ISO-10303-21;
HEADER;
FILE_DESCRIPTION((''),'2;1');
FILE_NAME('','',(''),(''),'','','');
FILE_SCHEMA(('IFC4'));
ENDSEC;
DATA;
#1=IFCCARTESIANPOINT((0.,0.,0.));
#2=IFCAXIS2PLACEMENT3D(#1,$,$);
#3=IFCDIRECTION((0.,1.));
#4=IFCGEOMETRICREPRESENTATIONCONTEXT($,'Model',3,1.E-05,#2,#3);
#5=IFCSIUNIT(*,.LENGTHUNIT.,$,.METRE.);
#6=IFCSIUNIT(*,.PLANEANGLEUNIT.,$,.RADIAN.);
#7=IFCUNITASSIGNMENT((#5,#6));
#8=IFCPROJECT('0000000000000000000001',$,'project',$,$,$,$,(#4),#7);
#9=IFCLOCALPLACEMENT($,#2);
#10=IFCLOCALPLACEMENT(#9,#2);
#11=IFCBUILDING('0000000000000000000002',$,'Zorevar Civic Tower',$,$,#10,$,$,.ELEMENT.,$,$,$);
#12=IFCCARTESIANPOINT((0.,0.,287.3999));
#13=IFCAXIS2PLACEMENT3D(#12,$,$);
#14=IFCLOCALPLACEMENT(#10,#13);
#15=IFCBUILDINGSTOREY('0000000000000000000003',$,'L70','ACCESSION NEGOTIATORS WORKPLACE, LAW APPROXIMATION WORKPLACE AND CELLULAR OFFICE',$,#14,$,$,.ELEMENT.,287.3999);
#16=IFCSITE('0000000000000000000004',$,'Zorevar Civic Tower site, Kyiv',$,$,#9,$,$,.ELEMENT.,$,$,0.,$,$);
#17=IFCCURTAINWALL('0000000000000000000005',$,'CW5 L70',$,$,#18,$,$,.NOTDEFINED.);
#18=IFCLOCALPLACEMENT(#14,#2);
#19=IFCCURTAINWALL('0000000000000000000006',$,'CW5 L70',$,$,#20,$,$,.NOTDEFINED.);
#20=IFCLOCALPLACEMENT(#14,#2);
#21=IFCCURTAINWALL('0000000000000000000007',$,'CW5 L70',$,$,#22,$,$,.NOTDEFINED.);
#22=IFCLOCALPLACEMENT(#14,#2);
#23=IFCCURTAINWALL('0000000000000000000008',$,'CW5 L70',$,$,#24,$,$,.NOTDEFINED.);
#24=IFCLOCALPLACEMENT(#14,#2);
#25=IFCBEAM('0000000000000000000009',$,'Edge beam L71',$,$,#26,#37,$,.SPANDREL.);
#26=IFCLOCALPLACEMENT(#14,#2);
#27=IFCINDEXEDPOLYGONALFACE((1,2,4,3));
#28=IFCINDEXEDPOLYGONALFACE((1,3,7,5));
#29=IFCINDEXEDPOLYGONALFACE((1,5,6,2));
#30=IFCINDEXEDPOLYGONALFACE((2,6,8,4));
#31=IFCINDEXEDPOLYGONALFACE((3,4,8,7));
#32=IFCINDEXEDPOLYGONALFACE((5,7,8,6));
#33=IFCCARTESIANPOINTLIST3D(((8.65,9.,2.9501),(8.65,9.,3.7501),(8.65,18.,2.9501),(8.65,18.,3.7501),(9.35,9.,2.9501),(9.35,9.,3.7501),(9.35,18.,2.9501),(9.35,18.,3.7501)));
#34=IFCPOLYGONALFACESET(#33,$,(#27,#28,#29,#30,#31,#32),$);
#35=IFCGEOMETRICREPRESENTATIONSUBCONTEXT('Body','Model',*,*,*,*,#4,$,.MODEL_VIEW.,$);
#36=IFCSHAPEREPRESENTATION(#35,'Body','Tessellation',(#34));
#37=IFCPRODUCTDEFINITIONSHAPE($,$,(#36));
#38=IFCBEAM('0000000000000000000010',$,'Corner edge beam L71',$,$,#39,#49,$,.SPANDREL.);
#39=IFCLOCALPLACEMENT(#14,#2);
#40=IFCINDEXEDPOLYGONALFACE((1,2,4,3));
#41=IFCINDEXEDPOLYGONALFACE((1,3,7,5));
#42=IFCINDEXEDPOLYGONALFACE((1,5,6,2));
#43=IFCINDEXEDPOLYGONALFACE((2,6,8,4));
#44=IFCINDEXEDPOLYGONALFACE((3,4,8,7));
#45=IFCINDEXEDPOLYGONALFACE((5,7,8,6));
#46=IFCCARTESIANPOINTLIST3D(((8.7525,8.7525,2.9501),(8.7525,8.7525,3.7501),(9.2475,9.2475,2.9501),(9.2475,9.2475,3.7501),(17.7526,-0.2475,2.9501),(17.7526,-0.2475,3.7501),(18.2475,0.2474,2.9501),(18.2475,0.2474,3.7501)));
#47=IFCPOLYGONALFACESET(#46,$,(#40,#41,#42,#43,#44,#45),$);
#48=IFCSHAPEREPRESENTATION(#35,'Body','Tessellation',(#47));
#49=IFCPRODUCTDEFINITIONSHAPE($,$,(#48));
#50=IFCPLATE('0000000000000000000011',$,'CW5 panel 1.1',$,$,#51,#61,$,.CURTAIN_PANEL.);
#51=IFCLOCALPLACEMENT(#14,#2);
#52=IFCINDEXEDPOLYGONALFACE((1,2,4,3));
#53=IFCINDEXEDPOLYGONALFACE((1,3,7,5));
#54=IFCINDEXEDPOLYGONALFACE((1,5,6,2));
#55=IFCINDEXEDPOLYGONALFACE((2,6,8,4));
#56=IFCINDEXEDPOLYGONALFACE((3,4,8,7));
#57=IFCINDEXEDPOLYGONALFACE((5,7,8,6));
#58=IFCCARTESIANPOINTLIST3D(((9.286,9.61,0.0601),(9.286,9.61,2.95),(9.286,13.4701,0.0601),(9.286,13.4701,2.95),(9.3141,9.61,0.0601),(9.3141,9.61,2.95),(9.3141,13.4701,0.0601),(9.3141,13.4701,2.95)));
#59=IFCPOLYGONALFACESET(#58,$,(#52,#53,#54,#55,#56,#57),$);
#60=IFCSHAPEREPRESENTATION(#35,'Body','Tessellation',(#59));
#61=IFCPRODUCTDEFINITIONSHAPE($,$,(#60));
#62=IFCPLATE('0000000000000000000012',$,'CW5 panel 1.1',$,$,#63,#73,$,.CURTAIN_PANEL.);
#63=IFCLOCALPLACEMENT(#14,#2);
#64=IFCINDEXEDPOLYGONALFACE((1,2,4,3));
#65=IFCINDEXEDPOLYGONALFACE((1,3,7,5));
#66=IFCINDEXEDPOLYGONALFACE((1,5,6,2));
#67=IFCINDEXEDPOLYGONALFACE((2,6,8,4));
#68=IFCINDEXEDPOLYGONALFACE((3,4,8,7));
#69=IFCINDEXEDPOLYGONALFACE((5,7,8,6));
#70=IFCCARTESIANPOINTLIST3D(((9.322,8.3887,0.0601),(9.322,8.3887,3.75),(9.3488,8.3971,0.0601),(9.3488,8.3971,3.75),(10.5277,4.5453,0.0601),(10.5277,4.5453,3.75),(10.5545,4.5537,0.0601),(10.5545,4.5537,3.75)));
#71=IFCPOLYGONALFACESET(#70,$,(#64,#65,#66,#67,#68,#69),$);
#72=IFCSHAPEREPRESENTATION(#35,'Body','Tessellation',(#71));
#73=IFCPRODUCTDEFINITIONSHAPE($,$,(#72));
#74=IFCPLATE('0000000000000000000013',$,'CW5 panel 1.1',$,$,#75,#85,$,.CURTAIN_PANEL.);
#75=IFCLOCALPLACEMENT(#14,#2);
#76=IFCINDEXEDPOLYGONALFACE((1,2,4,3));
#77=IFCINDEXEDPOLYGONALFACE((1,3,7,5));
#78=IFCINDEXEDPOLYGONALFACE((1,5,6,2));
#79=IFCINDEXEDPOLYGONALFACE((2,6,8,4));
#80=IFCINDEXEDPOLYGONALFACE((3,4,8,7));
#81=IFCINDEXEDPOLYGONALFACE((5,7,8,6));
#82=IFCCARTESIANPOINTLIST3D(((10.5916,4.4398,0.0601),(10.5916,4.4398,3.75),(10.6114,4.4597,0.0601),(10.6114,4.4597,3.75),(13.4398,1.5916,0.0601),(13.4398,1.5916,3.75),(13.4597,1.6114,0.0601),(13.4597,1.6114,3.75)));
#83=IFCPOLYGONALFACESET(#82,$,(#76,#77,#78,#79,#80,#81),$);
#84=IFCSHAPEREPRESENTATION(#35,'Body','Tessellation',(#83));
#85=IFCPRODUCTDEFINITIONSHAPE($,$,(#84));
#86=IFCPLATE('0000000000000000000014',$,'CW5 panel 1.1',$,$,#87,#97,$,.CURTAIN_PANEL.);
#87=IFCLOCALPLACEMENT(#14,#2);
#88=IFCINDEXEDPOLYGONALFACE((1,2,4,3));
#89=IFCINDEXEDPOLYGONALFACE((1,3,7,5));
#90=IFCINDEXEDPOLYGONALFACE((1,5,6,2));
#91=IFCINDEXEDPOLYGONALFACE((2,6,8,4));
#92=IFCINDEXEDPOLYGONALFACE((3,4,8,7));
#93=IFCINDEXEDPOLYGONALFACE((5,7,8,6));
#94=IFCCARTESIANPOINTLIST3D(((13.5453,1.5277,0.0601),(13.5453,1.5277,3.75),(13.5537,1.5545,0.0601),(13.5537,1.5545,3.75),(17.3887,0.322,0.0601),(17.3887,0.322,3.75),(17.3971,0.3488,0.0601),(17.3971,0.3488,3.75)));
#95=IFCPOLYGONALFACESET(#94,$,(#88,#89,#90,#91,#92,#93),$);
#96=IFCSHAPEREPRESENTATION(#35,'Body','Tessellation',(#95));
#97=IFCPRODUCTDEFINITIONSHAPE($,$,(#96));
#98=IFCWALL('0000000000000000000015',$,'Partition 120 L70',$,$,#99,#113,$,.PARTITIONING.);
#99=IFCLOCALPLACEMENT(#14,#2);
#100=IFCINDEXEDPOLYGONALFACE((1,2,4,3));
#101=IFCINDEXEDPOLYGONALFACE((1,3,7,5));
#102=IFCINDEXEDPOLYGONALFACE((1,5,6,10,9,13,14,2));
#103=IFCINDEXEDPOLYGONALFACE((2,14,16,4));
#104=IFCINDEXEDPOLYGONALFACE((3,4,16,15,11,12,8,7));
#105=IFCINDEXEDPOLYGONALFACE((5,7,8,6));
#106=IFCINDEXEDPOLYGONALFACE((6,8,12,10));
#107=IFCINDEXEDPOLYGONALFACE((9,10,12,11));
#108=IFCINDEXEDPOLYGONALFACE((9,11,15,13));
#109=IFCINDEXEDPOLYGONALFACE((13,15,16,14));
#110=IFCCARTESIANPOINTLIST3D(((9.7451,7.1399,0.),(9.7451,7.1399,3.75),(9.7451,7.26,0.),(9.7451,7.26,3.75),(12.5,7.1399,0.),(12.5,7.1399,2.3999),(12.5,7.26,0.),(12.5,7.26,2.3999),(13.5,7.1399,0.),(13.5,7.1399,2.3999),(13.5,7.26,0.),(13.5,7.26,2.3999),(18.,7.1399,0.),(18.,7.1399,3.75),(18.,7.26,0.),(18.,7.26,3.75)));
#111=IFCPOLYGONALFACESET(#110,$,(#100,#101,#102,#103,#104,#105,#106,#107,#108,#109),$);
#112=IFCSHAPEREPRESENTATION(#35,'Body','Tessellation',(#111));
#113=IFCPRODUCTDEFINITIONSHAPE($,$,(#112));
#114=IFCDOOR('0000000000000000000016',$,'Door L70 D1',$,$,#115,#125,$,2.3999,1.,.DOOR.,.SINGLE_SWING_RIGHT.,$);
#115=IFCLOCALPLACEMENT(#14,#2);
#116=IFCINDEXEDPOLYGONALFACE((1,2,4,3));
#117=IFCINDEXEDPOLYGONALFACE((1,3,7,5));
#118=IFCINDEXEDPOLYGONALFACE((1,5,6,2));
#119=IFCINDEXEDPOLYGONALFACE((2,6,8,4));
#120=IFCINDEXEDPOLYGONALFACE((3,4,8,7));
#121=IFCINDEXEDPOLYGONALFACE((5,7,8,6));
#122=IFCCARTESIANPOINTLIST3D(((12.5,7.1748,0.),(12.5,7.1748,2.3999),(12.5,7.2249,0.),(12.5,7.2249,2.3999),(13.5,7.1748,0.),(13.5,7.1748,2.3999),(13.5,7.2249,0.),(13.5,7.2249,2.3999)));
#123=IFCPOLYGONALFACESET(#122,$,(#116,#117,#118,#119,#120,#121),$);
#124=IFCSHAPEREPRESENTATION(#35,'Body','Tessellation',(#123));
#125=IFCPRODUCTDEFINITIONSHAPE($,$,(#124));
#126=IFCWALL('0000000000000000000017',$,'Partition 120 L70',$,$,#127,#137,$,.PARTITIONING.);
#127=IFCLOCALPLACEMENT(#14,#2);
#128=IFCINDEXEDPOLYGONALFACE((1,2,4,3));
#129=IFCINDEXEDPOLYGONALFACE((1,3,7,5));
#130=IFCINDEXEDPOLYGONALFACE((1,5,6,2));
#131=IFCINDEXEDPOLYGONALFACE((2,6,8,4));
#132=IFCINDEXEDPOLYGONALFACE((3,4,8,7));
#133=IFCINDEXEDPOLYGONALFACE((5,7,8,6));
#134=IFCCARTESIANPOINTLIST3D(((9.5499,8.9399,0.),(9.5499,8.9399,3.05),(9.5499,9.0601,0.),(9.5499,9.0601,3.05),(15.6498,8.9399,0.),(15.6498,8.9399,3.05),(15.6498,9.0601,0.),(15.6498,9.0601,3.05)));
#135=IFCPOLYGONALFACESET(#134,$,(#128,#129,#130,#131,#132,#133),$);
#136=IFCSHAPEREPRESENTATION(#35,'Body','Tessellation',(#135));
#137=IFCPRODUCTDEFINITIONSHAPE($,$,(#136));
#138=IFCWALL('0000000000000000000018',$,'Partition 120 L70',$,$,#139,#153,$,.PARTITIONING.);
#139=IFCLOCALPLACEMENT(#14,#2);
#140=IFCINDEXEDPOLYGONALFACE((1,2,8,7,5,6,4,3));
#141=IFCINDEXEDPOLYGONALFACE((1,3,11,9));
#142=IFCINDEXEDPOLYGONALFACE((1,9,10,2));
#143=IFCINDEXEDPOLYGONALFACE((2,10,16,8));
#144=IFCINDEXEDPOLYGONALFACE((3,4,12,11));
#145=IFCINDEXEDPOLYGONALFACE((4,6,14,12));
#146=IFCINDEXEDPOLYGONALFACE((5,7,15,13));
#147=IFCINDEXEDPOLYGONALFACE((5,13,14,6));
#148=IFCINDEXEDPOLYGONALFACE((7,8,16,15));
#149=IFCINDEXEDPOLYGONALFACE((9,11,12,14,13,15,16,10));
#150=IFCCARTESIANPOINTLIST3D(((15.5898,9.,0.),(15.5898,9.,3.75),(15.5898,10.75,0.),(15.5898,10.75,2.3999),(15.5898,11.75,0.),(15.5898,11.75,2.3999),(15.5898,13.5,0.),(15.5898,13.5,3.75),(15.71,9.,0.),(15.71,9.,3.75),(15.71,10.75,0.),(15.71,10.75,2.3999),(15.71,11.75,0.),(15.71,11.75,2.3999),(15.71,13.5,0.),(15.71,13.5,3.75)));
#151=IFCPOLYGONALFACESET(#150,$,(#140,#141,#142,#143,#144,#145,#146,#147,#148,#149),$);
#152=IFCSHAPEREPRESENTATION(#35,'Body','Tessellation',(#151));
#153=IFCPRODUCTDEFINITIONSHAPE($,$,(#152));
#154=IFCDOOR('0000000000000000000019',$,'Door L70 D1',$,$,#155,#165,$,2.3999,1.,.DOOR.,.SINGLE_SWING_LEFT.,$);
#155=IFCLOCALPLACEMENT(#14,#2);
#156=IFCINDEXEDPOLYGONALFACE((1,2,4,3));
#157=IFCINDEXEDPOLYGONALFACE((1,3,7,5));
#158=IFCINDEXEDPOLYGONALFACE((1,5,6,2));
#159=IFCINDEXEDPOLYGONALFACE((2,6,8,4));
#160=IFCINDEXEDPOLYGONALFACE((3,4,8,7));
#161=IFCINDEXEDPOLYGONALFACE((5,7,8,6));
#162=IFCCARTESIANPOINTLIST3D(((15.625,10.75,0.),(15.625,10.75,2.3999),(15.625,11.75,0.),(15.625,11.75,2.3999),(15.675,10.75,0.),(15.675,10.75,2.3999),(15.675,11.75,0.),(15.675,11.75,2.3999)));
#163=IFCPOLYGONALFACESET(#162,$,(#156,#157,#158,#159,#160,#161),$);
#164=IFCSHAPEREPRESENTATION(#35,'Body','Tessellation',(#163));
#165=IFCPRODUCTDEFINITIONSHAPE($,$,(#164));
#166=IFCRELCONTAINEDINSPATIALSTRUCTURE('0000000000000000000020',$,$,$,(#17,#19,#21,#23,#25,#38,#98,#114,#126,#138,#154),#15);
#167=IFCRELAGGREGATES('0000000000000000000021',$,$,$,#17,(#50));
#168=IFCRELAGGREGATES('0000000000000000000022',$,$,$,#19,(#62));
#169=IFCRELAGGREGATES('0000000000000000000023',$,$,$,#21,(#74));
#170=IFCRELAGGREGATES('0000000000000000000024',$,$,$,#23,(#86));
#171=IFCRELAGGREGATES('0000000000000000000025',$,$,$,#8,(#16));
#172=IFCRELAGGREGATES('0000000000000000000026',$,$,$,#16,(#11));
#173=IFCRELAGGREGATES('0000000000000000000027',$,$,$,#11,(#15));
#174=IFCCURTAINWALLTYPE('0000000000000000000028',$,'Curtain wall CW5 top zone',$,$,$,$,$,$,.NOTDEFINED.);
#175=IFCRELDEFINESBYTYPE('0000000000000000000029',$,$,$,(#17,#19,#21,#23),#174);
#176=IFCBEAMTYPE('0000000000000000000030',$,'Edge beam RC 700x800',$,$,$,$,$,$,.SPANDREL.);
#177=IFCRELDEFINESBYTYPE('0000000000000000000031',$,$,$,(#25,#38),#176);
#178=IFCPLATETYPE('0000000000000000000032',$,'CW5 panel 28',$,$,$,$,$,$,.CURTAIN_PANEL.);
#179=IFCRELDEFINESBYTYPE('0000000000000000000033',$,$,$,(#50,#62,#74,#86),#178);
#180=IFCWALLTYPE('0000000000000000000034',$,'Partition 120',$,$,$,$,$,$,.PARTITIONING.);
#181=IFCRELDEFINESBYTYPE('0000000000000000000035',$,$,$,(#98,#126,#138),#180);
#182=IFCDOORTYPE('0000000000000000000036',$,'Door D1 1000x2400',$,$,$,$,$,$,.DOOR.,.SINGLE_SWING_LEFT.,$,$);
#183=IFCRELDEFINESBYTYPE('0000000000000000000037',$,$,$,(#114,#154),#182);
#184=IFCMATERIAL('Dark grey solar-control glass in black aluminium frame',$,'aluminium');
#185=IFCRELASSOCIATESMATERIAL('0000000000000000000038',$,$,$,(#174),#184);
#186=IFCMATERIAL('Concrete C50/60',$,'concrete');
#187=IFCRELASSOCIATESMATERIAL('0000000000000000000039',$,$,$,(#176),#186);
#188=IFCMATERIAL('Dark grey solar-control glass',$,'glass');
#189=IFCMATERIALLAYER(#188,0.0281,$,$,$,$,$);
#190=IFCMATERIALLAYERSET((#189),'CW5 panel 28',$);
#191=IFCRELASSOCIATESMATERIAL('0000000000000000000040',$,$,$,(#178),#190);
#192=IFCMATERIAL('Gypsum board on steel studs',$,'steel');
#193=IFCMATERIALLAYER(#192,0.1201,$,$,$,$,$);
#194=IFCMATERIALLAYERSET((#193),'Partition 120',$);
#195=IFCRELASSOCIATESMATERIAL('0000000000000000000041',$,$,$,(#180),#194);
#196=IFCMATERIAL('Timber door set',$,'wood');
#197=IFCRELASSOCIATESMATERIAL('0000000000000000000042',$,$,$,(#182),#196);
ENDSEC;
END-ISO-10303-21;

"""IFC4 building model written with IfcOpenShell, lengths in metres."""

from ifc_helpers import new_model, si_unit, direction, frame, frame_2d, origin, origin_2d, place, context, subcontext, project, spatial, rectangle, extrude, material, layer, layer_set, material_profile, profile_set, type_object, element, fill, aggregate, save


model = new_model("IFC4")

# Units and contexts
model_context = context("Model", 3, precision=1e-05, world=origin(), true_north=direction((0.0, 1.0)))
body_context = subcontext(model_context, "Body", "Model", "MODEL_VIEW")
ifc_project = project(units=[si_unit("LENGTHUNIT", "METRE"), si_unit("PLANEANGLEUNIT", "RADIAN")], contexts=[model_context])

# Site, building, storey
site_placement = place(None, origin())
site = spatial("IfcSite", under=ifc_project, at=site_placement, Name="Zorevar Civic Tower site, Kyiv", CompositionType="ELEMENT", RefElevation=0.0)
building_placement = place(site_placement, origin())
building = spatial("IfcBuilding", under=site, at=building_placement, Name="Zorevar Civic Tower", CompositionType="ELEMENT")
storey_placement = place(building_placement, frame((0.0, 0.0, 287.3999)))
storey = spatial("IfcBuildingStorey", under=building, at=storey_placement, Name="L70", Description="ACCESSION NEGOTIATORS WORKPLACE, LAW APPROXIMATION WORKPLACE AND CELLULAR OFFICE", CompositionType="ELEMENT", Elevation=287.3999)

# Curtain wall
ifc_material_1 = material(Name="Dark grey solar-control glass in black aluminium frame", Category="aluminium")
curtain_wall_type = type_object("IfcCurtainWallType", Name="Curtain wall CW5 top zone", PredefinedType="NOTDEFINED", material=ifc_material_1)
curtain_wall_1_placement = place(storey_placement, origin())
curtain_wall_1 = element("IfcCurtainWall", 1, at=curtain_wall_1_placement, inside=storey, type_object=curtain_wall_type, Name="CW5 L70", PredefinedType="NOTDEFINED")

# Curtain walls
curtain_wall_2_placement = place(storey_placement, origin())
curtain_wall_2 = element("IfcCurtainWall", 2, at=curtain_wall_2_placement, inside=storey, type_object=curtain_wall_type, Name="CW5 L70", PredefinedType="NOTDEFINED")
curtain_wall_3_placement = place(storey_placement, origin())
curtain_wall_3 = element("IfcCurtainWall", 3, at=curtain_wall_3_placement, inside=storey, type_object=curtain_wall_type, Name="CW5 L70", PredefinedType="NOTDEFINED")

# Curtain wall
curtain_wall_4_placement = place(storey_placement, origin())
curtain_wall_4 = element("IfcCurtainWall", 4, at=curtain_wall_4_placement, inside=storey, type_object=curtain_wall_type, Name="CW5 L70", PredefinedType="NOTDEFINED")

# Beams
ifc_material_2 = material(Name="Concrete C50/60", Category="concrete")
ifc_material_profile_1 = material_profile(ifc_material_2, rectangle(XDim=0.7, YDim=0.8, at=origin_2d()), Name="RC 700x800")
ifc_profile_set_1 = profile_set([ifc_material_profile_1], Name="Concrete C50/60")
beam_type_1 = type_object("IfcBeamType", Name="Edge beam RC 700x800", PredefinedType="SPANDREL", material=ifc_profile_set_1)
beam_1_placement = place(storey_placement, frame((9.0, 9.0, 3.3501), z_axis=(0.0, 1.0, 0.0), x_axis=(-1.0, 0.0, 0.0)))
element("IfcBeam", 5, at=beam_1_placement, inside=storey, type_object=beam_type_1, Name="Edge beam L71", PredefinedType="SPANDREL", context=body_context, shape_type="SweptSolid", body=[
    extrude(rectangle(XDim=0.7, YDim=0.8, at=origin_2d()), origin(), (0.0, 0.0, 1.0), 9.0),
])
beam_2_placement = place(storey_placement, frame((9.0, 9.0, 3.3501), z_axis=(0.707107, -0.707107, 0.0), x_axis=(0.707107, 0.707107, 0.0)))
element("IfcBeam", 6, at=beam_2_placement, inside=storey, type_object=beam_type_1, Name="Corner edge beam L71", PredefinedType="SPANDREL", context=body_context, shape_type="SweptSolid", body=[
    extrude(rectangle(XDim=0.7, YDim=0.8, at=origin_2d()), origin(), (0.0, 0.0, 1.0), 12.728),
])

# Plates
ifc_material_3 = material(Name="Dark grey solar-control glass", Category="glass")
ifc_layer_1 = layer(ifc_material_3, 0.0281)
ifc_layer_set_1 = layer_set([ifc_layer_1], Name="CW5 panel 28")
plate_type = type_object("IfcPlateType", Name="CW5 panel 28", PredefinedType="CURTAIN_PANEL", material=ifc_layer_set_1)
plate_1_placement = place(storey_placement, frame((9.3, 11.54, 0.0601), z_axis=(0.0, 0.0, 1.0), x_axis=(0.0, 1.0, 0.0)))
plate_1 = element("IfcPlate", 7, at=plate_1_placement, type_object=plate_type, Name="CW5 panel 1.1", PredefinedType="CURTAIN_PANEL", context=body_context, shape_type="SweptSolid", body=[
    extrude(rectangle(XDim=3.8601, YDim=0.0281, at=origin_2d()), origin(), (0.0, 0.0, 1.0), 2.8899),
])
aggregate(curtain_wall_1, [plate_1])
plate_2_placement = place(storey_placement, frame((9.9382, 6.4712, 0.0601), z_axis=(0.0, 0.0, 1.0), x_axis=(0.299318, -0.954153, 0.0)))
plate_2 = element("IfcPlate", 8, at=plate_2_placement, type_object=plate_type, Name="CW5 panel 1.1", PredefinedType="CURTAIN_PANEL", context=body_context, shape_type="SweptSolid", body=[
    extrude(rectangle(XDim=4.0281, YDim=0.0281, at=origin_2d()), origin(), (0.0, 0.0, 1.0), 3.6899),
])
aggregate(curtain_wall_2, [plate_2])
plate_3_placement = place(storey_placement, frame((12.0256, 3.0256, 0.0601), z_axis=(0.0, 0.0, 1.0), x_axis=(0.707107, -0.707107, 0.0)))
plate_3 = element("IfcPlate", 9, at=plate_3_placement, type_object=plate_type, Name="CW5 panel 1.1", PredefinedType="CURTAIN_PANEL", context=body_context, shape_type="SweptSolid", body=[
    extrude(rectangle(XDim=4.0281, YDim=0.0281, at=origin_2d()), origin(), (0.0, 0.0, 1.0), 3.6899),
])
aggregate(curtain_wall_3, [plate_3])
plate_4_placement = place(storey_placement, frame((15.4712, 0.9382, 0.0601), z_axis=(0.0, 0.0, 1.0), x_axis=(0.954153, -0.299318, 0.0)))
plate_4 = element("IfcPlate", 10, at=plate_4_placement, type_object=plate_type, Name="CW5 panel 1.1", PredefinedType="CURTAIN_PANEL", context=body_context, shape_type="SweptSolid", body=[
    extrude(rectangle(XDim=4.0281, YDim=0.0281, at=origin_2d()), origin(), (0.0, 0.0, 1.0), 3.6899),
])
aggregate(curtain_wall_4, [plate_4])

# Wall, opening, door
ifc_material_4 = material(Name="Gypsum board on steel studs", Category="steel")
ifc_layer_2 = layer(ifc_material_4, 0.1201)
ifc_layer_set_2 = layer_set([ifc_layer_2], Name="Partition 120")
wall_type = type_object("IfcWallType", Name="Partition 120", PredefinedType="PARTITIONING", material=ifc_layer_set_2)
wall_1_placement = place(storey_placement, frame((9.7451, 7.2, 0.0), z_axis=(0.0, 0.0, 1.0), x_axis=(1.0, 0.0, 0.0)))
wall_1 = element("IfcWall", 11, at=wall_1_placement, inside=storey, type_object=wall_type, Name="Partition 120 L70", PredefinedType="PARTITIONING", context=body_context, shape_type="SweptSolid", body=[
    extrude(rectangle(XDim=8.2549, YDim=0.1201, at=frame_2d((4.1274, 0.0))), origin(), (0.0, 0.0, 1.0), 3.75),
])
opening_1_placement = place(wall_1_placement, frame((2.7549, 0.0, 0.0)))
opening_1 = element("IfcOpeningElement", 12, at=opening_1_placement, cuts=wall_1, PredefinedType="OPENING", context=body_context, shape_type="SweptSolid", body=[
    extrude(rectangle(XDim=1.0, YDim=2.3999, at=frame_2d((0.5, 1.2))), frame((0.0, 0.0701, 0.0), z_axis=(0.0, -1.0, 0.0), x_axis=(1.0, 0.0, 0.0)), (0.0, 0.0, 1.0), 0.1401),
])
ifc_material_5 = material(Name="Timber door set", Category="wood")
door_type = type_object("IfcDoorType", Name="Door D1 1000x2400", OperationType="SINGLE_SWING_LEFT", PredefinedType="DOOR", material=ifc_material_5)
door_1_placement = place(opening_1_placement, origin())
door_1 = element("IfcDoor", 13, at=door_1_placement, inside=storey, type_object=door_type, Name="Door L70 D1", OperationType="SINGLE_SWING_RIGHT", OverallHeight=2.3999, OverallWidth=1.0, PredefinedType="DOOR", context=body_context, shape_type="SweptSolid", body=[
    extrude(rectangle(XDim=1.0, YDim=2.3999, at=frame_2d((0.5, 1.2))), frame((0.0, 0.0249, 0.0), z_axis=(0.0, -1.0, 0.0), x_axis=(1.0, 0.0, 0.0)), (0.0, 0.0, 1.0), 0.05),
])
fill(opening_1, door_1)

# Wall
wall_2_placement = place(storey_placement, frame((9.55, 9.0, 0.0), z_axis=(0.0, 0.0, 1.0), x_axis=(1.0, 0.0, 0.0)))
element("IfcWall", 14, at=wall_2_placement, inside=storey, type_object=wall_type, Name="Partition 120 L70", PredefinedType="PARTITIONING", context=body_context, shape_type="SweptSolid", body=[
    extrude(rectangle(XDim=6.0999, YDim=0.1201, at=frame_2d((3.0498, 0.0))), origin(), (0.0, 0.0, 1.0), 3.05),
])

# Wall, opening, door
wall_3_placement = place(storey_placement, frame((15.6499, 9.0, 0.0), z_axis=(0.0, 0.0, 1.0), x_axis=(0.0, 1.0, 0.0)))
wall_3 = element("IfcWall", 15, at=wall_3_placement, inside=storey, type_object=wall_type, Name="Partition 120 L70", PredefinedType="PARTITIONING", context=body_context, shape_type="SweptSolid", body=[
    extrude(rectangle(XDim=4.5, YDim=0.1201, at=frame_2d((2.25, 0.0))), origin(), (0.0, 0.0, 1.0), 3.75),
])
opening_2_placement = place(wall_3_placement, frame((1.75, 0.0, 0.0)))
opening_2 = element("IfcOpeningElement", 16, at=opening_2_placement, cuts=wall_3, PredefinedType="OPENING", context=body_context, shape_type="SweptSolid", body=[
    extrude(rectangle(XDim=1.0, YDim=2.3999, at=frame_2d((0.5, 1.2))), frame((0.0, 0.0701, 0.0), z_axis=(0.0, -1.0, 0.0), x_axis=(1.0, 0.0, 0.0)), (0.0, 0.0, 1.0), 0.1401),
])
door_2_placement = place(opening_2_placement, origin())
door_2 = element("IfcDoor", 17, at=door_2_placement, inside=storey, type_object=door_type, Name="Door L70 D1", OperationType="SINGLE_SWING_LEFT", OverallHeight=2.3999, OverallWidth=1.0, PredefinedType="DOOR", context=body_context, shape_type="SweptSolid", body=[
    extrude(rectangle(XDim=1.0, YDim=2.3999, at=frame_2d((0.5, 1.2))), frame((0.0, 0.0249, 0.0), z_axis=(0.0, -1.0, 0.0), x_axis=(1.0, 0.0, 0.0)), (0.0, 0.0, 1.0), 0.05),
])
fill(opening_2, door_2)

save(model, "model.ifc")
